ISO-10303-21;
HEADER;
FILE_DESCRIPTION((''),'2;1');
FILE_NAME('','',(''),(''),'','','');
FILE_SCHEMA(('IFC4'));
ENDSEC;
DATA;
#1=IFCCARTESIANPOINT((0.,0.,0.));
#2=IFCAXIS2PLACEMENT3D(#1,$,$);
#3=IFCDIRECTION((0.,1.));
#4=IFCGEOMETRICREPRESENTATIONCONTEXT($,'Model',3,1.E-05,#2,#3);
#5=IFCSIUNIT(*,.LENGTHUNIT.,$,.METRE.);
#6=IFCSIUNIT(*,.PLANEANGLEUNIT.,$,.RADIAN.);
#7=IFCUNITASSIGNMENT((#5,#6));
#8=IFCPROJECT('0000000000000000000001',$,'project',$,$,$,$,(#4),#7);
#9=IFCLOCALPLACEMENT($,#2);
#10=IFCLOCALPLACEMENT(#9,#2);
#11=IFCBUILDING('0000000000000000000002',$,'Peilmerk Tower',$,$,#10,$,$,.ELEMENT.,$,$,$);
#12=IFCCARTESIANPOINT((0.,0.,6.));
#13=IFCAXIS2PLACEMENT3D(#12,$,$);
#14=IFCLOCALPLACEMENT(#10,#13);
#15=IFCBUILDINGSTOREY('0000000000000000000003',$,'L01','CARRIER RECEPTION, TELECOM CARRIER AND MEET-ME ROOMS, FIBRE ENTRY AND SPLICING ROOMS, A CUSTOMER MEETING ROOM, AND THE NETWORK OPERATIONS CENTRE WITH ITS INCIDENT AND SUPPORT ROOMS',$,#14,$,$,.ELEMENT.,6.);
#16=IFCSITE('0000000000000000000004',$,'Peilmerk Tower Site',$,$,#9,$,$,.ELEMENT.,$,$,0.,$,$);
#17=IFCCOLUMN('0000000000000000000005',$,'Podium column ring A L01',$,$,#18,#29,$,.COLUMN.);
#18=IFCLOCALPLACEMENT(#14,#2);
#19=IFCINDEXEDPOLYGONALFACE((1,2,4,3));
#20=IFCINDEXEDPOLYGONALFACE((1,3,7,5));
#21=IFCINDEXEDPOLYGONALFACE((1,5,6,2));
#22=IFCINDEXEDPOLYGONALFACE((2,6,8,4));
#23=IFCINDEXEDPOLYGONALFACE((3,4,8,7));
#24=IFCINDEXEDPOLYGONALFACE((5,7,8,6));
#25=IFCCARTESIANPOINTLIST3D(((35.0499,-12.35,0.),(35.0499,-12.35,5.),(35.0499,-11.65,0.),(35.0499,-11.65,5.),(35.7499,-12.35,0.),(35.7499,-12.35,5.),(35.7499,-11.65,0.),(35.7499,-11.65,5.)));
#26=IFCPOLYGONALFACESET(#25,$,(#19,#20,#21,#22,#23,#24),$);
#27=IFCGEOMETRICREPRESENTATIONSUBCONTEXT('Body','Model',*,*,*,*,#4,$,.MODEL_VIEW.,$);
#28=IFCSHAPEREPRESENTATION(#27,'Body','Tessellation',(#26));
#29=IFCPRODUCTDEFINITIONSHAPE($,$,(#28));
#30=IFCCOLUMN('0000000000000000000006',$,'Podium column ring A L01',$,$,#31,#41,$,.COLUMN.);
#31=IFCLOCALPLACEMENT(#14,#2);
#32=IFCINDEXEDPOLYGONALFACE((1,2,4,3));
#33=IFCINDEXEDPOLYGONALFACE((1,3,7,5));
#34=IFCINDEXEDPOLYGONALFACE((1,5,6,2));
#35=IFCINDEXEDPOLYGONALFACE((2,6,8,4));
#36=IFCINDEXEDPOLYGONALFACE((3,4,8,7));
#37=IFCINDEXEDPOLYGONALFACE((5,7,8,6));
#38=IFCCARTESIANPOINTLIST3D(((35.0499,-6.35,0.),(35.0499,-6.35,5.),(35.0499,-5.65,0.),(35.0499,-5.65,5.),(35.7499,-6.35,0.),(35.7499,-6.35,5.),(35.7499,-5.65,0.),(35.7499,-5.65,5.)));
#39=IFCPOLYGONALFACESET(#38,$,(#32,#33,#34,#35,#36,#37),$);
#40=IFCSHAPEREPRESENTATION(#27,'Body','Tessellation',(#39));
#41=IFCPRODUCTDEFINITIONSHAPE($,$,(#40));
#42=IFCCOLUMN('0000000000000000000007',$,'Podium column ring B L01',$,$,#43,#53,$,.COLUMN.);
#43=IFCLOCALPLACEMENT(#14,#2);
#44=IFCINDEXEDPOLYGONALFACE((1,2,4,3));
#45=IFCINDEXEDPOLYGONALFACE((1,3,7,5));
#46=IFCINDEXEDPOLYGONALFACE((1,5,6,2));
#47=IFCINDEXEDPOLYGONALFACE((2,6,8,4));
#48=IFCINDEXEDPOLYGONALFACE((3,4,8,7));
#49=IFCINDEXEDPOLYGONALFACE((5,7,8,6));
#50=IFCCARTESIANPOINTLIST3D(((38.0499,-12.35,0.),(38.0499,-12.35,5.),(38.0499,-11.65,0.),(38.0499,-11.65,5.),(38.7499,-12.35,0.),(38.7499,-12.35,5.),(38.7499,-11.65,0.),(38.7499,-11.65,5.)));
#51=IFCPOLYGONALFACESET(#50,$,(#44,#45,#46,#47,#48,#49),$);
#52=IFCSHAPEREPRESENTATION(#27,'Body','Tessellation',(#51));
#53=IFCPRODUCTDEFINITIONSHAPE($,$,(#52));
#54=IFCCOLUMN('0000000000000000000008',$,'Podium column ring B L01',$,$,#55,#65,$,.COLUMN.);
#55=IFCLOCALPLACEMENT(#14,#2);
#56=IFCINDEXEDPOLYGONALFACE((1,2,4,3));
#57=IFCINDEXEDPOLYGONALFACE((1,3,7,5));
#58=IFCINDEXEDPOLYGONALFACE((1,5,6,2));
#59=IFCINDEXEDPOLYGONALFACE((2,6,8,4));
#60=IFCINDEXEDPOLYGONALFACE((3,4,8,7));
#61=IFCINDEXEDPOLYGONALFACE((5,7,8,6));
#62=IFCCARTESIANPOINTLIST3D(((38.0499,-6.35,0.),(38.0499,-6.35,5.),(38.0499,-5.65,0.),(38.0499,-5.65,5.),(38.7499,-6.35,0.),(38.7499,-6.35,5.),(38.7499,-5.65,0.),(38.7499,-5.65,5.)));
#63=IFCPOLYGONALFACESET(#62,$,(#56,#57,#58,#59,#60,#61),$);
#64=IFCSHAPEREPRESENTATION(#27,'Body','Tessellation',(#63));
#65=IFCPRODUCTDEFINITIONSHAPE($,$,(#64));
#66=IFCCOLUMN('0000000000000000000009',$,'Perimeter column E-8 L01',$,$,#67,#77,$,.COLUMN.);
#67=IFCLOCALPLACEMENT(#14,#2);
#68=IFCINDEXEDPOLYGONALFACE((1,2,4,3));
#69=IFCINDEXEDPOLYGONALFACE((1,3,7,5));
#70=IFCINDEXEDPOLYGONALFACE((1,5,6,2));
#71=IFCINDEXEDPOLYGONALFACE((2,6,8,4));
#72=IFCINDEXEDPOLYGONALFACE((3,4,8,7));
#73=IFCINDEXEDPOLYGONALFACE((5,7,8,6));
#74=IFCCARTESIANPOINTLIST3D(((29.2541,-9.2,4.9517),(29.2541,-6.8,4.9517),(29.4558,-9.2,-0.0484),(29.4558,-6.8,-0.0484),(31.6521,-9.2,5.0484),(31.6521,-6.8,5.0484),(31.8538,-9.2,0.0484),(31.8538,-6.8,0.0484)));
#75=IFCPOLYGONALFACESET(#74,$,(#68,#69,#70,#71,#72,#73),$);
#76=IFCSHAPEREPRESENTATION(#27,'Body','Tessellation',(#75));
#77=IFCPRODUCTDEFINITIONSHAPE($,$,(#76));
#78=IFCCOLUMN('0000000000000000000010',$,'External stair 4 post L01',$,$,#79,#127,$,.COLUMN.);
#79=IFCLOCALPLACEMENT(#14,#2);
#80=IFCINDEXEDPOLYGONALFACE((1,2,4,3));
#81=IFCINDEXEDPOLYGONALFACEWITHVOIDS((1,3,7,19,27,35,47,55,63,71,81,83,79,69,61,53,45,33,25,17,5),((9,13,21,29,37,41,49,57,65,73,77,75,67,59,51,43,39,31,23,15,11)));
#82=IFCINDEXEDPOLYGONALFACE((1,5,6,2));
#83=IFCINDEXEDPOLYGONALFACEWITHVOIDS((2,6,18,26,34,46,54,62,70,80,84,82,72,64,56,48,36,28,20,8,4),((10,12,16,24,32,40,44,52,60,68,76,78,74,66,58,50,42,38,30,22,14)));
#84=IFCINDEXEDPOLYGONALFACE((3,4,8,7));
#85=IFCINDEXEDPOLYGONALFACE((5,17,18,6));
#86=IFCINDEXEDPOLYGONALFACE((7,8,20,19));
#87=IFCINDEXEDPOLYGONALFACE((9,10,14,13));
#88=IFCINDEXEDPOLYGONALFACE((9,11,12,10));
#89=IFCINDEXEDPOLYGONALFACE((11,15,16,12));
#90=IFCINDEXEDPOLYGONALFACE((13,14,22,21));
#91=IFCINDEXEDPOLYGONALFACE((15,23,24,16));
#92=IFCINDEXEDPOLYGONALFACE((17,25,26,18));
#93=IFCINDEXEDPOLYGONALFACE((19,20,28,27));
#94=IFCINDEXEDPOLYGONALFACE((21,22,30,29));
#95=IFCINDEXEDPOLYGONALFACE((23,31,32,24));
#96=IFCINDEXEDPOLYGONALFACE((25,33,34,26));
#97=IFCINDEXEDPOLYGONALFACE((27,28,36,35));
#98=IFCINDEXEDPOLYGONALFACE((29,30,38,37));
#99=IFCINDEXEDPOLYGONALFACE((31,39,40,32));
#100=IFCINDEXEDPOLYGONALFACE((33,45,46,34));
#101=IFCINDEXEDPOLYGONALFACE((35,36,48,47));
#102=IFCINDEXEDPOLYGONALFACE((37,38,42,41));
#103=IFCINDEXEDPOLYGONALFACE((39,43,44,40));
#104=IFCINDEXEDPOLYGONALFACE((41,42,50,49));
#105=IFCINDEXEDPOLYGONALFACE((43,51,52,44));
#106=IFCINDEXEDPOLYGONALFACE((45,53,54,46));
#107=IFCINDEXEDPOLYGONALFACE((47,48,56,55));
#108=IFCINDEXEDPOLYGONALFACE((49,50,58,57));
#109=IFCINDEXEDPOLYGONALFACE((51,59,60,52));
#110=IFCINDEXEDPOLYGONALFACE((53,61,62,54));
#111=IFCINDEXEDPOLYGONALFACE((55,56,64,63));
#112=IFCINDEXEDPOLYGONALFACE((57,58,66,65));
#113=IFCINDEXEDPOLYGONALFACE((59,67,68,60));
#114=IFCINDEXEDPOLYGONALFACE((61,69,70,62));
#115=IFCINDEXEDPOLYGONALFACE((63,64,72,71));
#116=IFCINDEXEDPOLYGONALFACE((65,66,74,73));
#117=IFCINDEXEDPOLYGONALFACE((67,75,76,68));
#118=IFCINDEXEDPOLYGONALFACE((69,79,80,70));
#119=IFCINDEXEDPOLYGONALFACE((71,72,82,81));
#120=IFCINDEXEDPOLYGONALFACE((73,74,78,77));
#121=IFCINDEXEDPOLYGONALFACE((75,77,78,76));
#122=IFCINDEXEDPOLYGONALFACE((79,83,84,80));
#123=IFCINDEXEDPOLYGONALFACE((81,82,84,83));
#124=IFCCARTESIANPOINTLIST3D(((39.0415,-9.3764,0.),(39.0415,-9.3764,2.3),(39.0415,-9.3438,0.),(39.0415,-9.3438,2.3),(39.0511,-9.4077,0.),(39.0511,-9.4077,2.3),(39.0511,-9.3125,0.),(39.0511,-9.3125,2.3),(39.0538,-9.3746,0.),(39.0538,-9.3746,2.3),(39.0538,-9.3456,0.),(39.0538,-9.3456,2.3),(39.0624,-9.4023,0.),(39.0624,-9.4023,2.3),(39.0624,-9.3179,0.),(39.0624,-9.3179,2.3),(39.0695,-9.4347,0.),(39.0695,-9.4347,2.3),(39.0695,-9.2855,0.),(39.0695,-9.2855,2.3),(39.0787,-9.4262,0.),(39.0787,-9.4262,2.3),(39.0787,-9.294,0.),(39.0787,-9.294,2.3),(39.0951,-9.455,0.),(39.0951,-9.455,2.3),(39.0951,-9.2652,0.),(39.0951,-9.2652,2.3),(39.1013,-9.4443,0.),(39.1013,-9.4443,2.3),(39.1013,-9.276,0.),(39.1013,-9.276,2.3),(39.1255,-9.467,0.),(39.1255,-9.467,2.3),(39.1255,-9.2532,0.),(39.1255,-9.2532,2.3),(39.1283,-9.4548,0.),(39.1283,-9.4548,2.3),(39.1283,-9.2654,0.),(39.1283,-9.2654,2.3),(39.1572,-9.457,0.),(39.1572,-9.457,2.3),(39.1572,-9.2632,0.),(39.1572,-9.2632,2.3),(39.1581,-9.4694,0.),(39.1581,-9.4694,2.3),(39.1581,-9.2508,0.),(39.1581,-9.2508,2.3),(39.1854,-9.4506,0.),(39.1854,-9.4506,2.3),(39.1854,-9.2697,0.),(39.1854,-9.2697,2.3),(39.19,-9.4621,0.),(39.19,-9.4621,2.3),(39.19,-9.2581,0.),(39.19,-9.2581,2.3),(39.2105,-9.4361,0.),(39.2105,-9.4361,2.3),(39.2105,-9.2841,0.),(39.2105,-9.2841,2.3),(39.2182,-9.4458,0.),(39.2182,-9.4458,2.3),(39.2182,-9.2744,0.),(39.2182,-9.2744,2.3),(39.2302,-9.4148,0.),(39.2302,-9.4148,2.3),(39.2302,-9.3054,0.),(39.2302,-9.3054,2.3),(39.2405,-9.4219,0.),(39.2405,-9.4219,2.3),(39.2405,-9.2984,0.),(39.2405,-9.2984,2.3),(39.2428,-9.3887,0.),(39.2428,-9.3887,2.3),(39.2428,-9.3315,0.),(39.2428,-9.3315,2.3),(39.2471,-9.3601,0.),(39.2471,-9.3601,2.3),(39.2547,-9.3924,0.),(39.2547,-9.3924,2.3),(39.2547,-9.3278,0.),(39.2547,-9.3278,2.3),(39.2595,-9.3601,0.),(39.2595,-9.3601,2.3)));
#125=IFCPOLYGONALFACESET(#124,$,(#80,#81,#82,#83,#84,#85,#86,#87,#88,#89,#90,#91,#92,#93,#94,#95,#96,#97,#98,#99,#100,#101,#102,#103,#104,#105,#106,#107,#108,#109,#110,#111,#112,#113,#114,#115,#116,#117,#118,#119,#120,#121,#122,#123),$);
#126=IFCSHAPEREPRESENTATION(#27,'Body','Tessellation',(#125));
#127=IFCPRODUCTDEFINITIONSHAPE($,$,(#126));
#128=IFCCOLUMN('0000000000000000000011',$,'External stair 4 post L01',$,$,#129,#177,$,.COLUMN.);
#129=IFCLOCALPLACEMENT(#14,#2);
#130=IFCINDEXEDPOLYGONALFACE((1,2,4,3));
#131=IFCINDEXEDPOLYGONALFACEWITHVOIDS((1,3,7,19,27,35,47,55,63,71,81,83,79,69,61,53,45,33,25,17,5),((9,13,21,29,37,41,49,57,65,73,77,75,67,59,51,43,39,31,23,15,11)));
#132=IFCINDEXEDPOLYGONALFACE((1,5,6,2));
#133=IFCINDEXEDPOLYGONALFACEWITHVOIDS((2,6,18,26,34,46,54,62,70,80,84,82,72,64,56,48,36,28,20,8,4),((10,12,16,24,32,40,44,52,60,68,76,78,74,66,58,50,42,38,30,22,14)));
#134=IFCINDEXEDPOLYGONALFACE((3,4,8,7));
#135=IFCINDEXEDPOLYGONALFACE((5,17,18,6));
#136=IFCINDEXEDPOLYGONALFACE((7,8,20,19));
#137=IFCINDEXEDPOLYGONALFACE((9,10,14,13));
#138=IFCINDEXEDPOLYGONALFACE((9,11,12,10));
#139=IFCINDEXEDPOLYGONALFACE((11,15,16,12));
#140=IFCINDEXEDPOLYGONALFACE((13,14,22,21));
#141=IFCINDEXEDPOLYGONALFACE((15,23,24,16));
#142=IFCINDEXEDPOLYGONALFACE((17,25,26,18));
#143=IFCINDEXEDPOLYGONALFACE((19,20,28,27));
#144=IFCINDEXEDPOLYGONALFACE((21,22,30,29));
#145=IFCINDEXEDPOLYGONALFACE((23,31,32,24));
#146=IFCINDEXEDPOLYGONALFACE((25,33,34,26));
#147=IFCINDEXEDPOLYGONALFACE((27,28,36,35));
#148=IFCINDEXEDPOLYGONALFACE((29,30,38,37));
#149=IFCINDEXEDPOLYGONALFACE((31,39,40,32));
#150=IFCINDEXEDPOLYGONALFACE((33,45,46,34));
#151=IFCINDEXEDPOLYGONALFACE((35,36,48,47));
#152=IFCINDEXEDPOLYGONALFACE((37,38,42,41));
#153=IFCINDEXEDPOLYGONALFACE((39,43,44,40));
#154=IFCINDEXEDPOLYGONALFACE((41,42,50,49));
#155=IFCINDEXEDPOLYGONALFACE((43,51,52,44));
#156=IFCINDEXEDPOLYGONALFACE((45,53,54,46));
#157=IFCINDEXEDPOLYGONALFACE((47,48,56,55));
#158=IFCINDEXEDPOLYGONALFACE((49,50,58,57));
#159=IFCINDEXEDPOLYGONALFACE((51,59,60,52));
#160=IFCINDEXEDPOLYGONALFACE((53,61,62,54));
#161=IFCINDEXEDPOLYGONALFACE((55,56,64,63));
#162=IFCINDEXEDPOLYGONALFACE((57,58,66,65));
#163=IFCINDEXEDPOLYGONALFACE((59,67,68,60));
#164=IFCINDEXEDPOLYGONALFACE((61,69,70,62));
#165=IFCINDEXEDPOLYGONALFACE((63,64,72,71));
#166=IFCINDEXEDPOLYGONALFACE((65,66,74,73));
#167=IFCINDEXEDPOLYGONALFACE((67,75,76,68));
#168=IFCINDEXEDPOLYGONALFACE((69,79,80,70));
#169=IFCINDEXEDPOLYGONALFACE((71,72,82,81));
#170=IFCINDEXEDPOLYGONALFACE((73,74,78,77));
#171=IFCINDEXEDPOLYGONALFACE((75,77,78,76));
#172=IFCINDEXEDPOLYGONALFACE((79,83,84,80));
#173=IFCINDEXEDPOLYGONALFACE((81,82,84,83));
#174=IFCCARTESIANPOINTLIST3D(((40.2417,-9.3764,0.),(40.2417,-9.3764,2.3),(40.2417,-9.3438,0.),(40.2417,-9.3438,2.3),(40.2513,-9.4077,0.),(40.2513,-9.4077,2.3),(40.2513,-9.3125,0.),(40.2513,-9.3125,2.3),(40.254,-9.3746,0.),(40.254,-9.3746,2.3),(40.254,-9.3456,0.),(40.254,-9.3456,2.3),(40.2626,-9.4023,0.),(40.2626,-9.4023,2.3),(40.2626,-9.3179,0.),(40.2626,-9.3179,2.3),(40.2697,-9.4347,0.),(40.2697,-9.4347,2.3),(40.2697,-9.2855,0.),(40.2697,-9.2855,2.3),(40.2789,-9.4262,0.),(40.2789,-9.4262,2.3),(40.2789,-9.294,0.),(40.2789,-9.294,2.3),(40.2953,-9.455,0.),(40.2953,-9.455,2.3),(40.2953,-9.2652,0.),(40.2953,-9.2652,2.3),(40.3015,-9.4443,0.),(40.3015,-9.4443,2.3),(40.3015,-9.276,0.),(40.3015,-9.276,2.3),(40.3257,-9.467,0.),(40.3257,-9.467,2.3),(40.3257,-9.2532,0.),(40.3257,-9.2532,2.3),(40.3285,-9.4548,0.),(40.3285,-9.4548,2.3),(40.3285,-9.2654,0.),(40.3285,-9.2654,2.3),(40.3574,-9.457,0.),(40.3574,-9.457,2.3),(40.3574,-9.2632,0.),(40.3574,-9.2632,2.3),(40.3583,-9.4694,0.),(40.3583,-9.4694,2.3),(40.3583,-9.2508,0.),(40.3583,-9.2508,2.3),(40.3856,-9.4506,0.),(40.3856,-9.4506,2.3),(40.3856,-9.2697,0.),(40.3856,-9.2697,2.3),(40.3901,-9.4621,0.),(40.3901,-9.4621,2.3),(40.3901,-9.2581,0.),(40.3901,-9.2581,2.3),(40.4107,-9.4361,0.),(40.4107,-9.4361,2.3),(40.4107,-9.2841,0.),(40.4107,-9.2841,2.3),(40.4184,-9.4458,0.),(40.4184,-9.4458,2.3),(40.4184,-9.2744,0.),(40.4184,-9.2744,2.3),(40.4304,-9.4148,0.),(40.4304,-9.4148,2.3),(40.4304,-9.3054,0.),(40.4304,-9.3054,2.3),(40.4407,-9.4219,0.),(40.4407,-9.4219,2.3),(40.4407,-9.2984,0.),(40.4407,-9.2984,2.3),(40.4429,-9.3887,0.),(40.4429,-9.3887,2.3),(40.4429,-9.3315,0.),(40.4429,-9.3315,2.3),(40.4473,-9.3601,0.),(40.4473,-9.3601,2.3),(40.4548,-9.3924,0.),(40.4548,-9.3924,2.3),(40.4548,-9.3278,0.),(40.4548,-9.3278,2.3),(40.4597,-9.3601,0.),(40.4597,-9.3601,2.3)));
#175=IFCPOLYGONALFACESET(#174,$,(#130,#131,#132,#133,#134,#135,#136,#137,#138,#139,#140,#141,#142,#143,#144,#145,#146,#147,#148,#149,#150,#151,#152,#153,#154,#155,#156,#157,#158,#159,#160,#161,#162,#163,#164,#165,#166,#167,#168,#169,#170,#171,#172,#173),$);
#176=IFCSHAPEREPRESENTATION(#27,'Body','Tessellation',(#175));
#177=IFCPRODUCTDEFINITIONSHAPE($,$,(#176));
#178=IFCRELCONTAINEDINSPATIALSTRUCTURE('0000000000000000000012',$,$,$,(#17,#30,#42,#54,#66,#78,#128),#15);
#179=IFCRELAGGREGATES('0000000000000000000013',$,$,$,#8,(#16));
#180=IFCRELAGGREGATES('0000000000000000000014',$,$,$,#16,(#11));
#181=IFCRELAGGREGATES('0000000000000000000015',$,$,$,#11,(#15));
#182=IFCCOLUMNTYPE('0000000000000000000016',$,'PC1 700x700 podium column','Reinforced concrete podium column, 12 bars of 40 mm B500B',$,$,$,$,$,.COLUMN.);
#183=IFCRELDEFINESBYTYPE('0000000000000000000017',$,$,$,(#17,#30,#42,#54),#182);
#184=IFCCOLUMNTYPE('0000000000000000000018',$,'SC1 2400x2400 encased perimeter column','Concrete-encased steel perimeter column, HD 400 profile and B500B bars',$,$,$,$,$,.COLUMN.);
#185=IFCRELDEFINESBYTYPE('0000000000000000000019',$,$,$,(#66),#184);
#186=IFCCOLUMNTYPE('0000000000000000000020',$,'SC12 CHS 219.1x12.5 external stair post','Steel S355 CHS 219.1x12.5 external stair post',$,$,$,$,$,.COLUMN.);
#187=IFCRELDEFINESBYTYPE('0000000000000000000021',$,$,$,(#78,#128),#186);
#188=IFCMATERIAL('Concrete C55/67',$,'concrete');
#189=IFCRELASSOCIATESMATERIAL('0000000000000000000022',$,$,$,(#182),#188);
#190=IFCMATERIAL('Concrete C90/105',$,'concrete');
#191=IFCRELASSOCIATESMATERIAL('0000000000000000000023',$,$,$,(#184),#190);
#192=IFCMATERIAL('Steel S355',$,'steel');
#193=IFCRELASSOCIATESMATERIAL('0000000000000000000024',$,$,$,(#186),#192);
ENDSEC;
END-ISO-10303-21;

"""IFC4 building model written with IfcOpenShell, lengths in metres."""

from ifc_helpers import new_model, si_unit, direction, frame, origin, origin_2d, place, context, subcontext, project, spatial, rectangle, hollow_circle, extrude, material, material_profile, profile_set, type_object, element, save


model = new_model("IFC4")

# Units and contexts
model_context = context("Model", 3, precision=1e-05, world=origin(), true_north=direction((0.0, 1.0)))
body_context = subcontext(model_context, "Body", "Model", "MODEL_VIEW")
ifc_project = project(units=[si_unit("LENGTHUNIT", "METRE"), si_unit("PLANEANGLEUNIT", "RADIAN")], contexts=[model_context])

# Site, building, storey
site_placement = place(None, origin())
site = spatial("IfcSite", under=ifc_project, at=site_placement, Name="Peilmerk Tower Site", CompositionType="ELEMENT", RefElevation=0.0)
building_placement = place(site_placement, origin())
building = spatial("IfcBuilding", under=site, at=building_placement, Name="Peilmerk Tower", CompositionType="ELEMENT")
storey_placement = place(building_placement, frame((0.0, 0.0, 6.0)))
storey = spatial("IfcBuildingStorey", under=building, at=storey_placement, Name="L01", Description="CARRIER RECEPTION, TELECOM CARRIER AND MEET-ME ROOMS, FIBRE ENTRY AND SPLICING ROOMS, A CUSTOMER MEETING ROOM, AND THE NETWORK OPERATIONS CENTRE WITH ITS INCIDENT AND SUPPORT ROOMS", CompositionType="ELEMENT", Elevation=6.0)

# Columns
ifc_material_1 = material(Name="Concrete C55/67", Category="concrete")
ifc_material_profile_1 = material_profile(ifc_material_1, rectangle(XDim=0.7, YDim=0.7, at=origin_2d()), Name="RC 700x700")
ifc_profile_set_1 = profile_set([ifc_material_profile_1], Name="Concrete C55/67")
column_type_1 = type_object("IfcColumnType", Name="PC1 700x700 podium column", Description="Reinforced concrete podium column, 12 bars of 40 mm B500B", PredefinedType="COLUMN", material=ifc_profile_set_1)
for number, where, z_axis, x_axis, name in (
    (1, (35.3999, -12.0, 0.0), (0.0, 0.0, 1.0), (1.0, 0.0, 0.0), "Podium column ring A L01"),
    (2, (35.3999, -6.0, 0.0), (0.0, 0.0, 1.0), (1.0, 0.0, 0.0), "Podium column ring A L01"),
    (3, (38.3999, -12.0, 0.0), (0.0, 0.0, 1.0), (1.0, 0.0, 0.0), "Podium column ring B L01"),
    (4, (38.3999, -6.0, 0.0), (0.0, 0.0, 1.0), (1.0, 0.0, 0.0), "Podium column ring B L01"),
):
    element("IfcColumn", number, at=place(storey_placement, frame(where, z_axis=z_axis, x_axis=x_axis)), inside=storey, type_object=column_type_1, Name=name, PredefinedType="COLUMN", context=body_context, shape_type="SweptSolid", body=[
        extrude(rectangle(XDim=0.7, YDim=0.7, at=origin_2d()), origin(), (0.0, 0.0, 1.0), 5.0),
    ])
ifc_material_2 = material(Name="Concrete C90/105", Category="concrete")
ifc_material_profile_2 = material_profile(ifc_material_2, rectangle(XDim=2.3999, YDim=2.3999, at=origin_2d()), Name="RC 2400x2400")
ifc_profile_set_2 = profile_set([ifc_material_profile_2], Name="Concrete C90/105")
column_type_2 = type_object("IfcColumnType", Name="SC1 2400x2400 encased perimeter column", Description="Concrete-encased steel perimeter column, HD 400 profile and B500B bars", PredefinedType="COLUMN", material=ifc_profile_set_2)
column_placement = place(storey_placement, frame((30.6548, -8.0, 0.0), z_axis=(-0.040299, 0.0, 0.999188), x_axis=(0.0, -1.0, 0.0)))
element("IfcColumn", 5, at=column_placement, inside=storey, type_object=column_type_2, Name="Perimeter column E-8 L01", PredefinedType="COLUMN", context=body_context, shape_type="SweptSolid", body=[
    extrude(rectangle(XDim=2.3999, YDim=2.3999, at=origin_2d()), origin(), (0.0, 0.0, 1.0), 5.0042),
])
ifc_material_3 = material(Name="Steel S355", Category="steel")
ifc_material_profile_3 = material_profile(ifc_material_3, hollow_circle(Radius=0.1096, WallThickness=0.0125, at=origin_2d()), Name="CHS 219.1x12.5")
ifc_profile_set_3 = profile_set([ifc_material_profile_3], Name="Steel S355")
column_type_3 = type_object("IfcColumnType", Name="SC12 CHS 219.1x12.5 external stair post", Description="Steel S355 CHS 219.1x12.5 external stair post", PredefinedType="COLUMN", material=ifc_profile_set_3)
for number, where, z_axis, x_axis, name in (
    (6, (39.1499, -9.3601, 0.0), (0.0, 0.0, 1.0), (1.0, 0.0, 0.0), "External stair 4 post L01"),
    (7, (40.3501, -9.3601, 0.0), (0.0, 0.0, 1.0), (1.0, 0.0, 0.0), "External stair 4 post L01"),
):
    element("IfcColumn", number, at=place(storey_placement, frame(where, z_axis=z_axis, x_axis=x_axis)), inside=storey, type_object=column_type_3, Name=name, PredefinedType="COLUMN", context=body_context, shape_type="SweptSolid", body=[
        extrude(hollow_circle(Radius=0.1096, WallThickness=0.0125, at=origin_2d()), origin(), (0.0, 0.0, 1.0), 2.3),
    ])

save(model, "model.ifc")
